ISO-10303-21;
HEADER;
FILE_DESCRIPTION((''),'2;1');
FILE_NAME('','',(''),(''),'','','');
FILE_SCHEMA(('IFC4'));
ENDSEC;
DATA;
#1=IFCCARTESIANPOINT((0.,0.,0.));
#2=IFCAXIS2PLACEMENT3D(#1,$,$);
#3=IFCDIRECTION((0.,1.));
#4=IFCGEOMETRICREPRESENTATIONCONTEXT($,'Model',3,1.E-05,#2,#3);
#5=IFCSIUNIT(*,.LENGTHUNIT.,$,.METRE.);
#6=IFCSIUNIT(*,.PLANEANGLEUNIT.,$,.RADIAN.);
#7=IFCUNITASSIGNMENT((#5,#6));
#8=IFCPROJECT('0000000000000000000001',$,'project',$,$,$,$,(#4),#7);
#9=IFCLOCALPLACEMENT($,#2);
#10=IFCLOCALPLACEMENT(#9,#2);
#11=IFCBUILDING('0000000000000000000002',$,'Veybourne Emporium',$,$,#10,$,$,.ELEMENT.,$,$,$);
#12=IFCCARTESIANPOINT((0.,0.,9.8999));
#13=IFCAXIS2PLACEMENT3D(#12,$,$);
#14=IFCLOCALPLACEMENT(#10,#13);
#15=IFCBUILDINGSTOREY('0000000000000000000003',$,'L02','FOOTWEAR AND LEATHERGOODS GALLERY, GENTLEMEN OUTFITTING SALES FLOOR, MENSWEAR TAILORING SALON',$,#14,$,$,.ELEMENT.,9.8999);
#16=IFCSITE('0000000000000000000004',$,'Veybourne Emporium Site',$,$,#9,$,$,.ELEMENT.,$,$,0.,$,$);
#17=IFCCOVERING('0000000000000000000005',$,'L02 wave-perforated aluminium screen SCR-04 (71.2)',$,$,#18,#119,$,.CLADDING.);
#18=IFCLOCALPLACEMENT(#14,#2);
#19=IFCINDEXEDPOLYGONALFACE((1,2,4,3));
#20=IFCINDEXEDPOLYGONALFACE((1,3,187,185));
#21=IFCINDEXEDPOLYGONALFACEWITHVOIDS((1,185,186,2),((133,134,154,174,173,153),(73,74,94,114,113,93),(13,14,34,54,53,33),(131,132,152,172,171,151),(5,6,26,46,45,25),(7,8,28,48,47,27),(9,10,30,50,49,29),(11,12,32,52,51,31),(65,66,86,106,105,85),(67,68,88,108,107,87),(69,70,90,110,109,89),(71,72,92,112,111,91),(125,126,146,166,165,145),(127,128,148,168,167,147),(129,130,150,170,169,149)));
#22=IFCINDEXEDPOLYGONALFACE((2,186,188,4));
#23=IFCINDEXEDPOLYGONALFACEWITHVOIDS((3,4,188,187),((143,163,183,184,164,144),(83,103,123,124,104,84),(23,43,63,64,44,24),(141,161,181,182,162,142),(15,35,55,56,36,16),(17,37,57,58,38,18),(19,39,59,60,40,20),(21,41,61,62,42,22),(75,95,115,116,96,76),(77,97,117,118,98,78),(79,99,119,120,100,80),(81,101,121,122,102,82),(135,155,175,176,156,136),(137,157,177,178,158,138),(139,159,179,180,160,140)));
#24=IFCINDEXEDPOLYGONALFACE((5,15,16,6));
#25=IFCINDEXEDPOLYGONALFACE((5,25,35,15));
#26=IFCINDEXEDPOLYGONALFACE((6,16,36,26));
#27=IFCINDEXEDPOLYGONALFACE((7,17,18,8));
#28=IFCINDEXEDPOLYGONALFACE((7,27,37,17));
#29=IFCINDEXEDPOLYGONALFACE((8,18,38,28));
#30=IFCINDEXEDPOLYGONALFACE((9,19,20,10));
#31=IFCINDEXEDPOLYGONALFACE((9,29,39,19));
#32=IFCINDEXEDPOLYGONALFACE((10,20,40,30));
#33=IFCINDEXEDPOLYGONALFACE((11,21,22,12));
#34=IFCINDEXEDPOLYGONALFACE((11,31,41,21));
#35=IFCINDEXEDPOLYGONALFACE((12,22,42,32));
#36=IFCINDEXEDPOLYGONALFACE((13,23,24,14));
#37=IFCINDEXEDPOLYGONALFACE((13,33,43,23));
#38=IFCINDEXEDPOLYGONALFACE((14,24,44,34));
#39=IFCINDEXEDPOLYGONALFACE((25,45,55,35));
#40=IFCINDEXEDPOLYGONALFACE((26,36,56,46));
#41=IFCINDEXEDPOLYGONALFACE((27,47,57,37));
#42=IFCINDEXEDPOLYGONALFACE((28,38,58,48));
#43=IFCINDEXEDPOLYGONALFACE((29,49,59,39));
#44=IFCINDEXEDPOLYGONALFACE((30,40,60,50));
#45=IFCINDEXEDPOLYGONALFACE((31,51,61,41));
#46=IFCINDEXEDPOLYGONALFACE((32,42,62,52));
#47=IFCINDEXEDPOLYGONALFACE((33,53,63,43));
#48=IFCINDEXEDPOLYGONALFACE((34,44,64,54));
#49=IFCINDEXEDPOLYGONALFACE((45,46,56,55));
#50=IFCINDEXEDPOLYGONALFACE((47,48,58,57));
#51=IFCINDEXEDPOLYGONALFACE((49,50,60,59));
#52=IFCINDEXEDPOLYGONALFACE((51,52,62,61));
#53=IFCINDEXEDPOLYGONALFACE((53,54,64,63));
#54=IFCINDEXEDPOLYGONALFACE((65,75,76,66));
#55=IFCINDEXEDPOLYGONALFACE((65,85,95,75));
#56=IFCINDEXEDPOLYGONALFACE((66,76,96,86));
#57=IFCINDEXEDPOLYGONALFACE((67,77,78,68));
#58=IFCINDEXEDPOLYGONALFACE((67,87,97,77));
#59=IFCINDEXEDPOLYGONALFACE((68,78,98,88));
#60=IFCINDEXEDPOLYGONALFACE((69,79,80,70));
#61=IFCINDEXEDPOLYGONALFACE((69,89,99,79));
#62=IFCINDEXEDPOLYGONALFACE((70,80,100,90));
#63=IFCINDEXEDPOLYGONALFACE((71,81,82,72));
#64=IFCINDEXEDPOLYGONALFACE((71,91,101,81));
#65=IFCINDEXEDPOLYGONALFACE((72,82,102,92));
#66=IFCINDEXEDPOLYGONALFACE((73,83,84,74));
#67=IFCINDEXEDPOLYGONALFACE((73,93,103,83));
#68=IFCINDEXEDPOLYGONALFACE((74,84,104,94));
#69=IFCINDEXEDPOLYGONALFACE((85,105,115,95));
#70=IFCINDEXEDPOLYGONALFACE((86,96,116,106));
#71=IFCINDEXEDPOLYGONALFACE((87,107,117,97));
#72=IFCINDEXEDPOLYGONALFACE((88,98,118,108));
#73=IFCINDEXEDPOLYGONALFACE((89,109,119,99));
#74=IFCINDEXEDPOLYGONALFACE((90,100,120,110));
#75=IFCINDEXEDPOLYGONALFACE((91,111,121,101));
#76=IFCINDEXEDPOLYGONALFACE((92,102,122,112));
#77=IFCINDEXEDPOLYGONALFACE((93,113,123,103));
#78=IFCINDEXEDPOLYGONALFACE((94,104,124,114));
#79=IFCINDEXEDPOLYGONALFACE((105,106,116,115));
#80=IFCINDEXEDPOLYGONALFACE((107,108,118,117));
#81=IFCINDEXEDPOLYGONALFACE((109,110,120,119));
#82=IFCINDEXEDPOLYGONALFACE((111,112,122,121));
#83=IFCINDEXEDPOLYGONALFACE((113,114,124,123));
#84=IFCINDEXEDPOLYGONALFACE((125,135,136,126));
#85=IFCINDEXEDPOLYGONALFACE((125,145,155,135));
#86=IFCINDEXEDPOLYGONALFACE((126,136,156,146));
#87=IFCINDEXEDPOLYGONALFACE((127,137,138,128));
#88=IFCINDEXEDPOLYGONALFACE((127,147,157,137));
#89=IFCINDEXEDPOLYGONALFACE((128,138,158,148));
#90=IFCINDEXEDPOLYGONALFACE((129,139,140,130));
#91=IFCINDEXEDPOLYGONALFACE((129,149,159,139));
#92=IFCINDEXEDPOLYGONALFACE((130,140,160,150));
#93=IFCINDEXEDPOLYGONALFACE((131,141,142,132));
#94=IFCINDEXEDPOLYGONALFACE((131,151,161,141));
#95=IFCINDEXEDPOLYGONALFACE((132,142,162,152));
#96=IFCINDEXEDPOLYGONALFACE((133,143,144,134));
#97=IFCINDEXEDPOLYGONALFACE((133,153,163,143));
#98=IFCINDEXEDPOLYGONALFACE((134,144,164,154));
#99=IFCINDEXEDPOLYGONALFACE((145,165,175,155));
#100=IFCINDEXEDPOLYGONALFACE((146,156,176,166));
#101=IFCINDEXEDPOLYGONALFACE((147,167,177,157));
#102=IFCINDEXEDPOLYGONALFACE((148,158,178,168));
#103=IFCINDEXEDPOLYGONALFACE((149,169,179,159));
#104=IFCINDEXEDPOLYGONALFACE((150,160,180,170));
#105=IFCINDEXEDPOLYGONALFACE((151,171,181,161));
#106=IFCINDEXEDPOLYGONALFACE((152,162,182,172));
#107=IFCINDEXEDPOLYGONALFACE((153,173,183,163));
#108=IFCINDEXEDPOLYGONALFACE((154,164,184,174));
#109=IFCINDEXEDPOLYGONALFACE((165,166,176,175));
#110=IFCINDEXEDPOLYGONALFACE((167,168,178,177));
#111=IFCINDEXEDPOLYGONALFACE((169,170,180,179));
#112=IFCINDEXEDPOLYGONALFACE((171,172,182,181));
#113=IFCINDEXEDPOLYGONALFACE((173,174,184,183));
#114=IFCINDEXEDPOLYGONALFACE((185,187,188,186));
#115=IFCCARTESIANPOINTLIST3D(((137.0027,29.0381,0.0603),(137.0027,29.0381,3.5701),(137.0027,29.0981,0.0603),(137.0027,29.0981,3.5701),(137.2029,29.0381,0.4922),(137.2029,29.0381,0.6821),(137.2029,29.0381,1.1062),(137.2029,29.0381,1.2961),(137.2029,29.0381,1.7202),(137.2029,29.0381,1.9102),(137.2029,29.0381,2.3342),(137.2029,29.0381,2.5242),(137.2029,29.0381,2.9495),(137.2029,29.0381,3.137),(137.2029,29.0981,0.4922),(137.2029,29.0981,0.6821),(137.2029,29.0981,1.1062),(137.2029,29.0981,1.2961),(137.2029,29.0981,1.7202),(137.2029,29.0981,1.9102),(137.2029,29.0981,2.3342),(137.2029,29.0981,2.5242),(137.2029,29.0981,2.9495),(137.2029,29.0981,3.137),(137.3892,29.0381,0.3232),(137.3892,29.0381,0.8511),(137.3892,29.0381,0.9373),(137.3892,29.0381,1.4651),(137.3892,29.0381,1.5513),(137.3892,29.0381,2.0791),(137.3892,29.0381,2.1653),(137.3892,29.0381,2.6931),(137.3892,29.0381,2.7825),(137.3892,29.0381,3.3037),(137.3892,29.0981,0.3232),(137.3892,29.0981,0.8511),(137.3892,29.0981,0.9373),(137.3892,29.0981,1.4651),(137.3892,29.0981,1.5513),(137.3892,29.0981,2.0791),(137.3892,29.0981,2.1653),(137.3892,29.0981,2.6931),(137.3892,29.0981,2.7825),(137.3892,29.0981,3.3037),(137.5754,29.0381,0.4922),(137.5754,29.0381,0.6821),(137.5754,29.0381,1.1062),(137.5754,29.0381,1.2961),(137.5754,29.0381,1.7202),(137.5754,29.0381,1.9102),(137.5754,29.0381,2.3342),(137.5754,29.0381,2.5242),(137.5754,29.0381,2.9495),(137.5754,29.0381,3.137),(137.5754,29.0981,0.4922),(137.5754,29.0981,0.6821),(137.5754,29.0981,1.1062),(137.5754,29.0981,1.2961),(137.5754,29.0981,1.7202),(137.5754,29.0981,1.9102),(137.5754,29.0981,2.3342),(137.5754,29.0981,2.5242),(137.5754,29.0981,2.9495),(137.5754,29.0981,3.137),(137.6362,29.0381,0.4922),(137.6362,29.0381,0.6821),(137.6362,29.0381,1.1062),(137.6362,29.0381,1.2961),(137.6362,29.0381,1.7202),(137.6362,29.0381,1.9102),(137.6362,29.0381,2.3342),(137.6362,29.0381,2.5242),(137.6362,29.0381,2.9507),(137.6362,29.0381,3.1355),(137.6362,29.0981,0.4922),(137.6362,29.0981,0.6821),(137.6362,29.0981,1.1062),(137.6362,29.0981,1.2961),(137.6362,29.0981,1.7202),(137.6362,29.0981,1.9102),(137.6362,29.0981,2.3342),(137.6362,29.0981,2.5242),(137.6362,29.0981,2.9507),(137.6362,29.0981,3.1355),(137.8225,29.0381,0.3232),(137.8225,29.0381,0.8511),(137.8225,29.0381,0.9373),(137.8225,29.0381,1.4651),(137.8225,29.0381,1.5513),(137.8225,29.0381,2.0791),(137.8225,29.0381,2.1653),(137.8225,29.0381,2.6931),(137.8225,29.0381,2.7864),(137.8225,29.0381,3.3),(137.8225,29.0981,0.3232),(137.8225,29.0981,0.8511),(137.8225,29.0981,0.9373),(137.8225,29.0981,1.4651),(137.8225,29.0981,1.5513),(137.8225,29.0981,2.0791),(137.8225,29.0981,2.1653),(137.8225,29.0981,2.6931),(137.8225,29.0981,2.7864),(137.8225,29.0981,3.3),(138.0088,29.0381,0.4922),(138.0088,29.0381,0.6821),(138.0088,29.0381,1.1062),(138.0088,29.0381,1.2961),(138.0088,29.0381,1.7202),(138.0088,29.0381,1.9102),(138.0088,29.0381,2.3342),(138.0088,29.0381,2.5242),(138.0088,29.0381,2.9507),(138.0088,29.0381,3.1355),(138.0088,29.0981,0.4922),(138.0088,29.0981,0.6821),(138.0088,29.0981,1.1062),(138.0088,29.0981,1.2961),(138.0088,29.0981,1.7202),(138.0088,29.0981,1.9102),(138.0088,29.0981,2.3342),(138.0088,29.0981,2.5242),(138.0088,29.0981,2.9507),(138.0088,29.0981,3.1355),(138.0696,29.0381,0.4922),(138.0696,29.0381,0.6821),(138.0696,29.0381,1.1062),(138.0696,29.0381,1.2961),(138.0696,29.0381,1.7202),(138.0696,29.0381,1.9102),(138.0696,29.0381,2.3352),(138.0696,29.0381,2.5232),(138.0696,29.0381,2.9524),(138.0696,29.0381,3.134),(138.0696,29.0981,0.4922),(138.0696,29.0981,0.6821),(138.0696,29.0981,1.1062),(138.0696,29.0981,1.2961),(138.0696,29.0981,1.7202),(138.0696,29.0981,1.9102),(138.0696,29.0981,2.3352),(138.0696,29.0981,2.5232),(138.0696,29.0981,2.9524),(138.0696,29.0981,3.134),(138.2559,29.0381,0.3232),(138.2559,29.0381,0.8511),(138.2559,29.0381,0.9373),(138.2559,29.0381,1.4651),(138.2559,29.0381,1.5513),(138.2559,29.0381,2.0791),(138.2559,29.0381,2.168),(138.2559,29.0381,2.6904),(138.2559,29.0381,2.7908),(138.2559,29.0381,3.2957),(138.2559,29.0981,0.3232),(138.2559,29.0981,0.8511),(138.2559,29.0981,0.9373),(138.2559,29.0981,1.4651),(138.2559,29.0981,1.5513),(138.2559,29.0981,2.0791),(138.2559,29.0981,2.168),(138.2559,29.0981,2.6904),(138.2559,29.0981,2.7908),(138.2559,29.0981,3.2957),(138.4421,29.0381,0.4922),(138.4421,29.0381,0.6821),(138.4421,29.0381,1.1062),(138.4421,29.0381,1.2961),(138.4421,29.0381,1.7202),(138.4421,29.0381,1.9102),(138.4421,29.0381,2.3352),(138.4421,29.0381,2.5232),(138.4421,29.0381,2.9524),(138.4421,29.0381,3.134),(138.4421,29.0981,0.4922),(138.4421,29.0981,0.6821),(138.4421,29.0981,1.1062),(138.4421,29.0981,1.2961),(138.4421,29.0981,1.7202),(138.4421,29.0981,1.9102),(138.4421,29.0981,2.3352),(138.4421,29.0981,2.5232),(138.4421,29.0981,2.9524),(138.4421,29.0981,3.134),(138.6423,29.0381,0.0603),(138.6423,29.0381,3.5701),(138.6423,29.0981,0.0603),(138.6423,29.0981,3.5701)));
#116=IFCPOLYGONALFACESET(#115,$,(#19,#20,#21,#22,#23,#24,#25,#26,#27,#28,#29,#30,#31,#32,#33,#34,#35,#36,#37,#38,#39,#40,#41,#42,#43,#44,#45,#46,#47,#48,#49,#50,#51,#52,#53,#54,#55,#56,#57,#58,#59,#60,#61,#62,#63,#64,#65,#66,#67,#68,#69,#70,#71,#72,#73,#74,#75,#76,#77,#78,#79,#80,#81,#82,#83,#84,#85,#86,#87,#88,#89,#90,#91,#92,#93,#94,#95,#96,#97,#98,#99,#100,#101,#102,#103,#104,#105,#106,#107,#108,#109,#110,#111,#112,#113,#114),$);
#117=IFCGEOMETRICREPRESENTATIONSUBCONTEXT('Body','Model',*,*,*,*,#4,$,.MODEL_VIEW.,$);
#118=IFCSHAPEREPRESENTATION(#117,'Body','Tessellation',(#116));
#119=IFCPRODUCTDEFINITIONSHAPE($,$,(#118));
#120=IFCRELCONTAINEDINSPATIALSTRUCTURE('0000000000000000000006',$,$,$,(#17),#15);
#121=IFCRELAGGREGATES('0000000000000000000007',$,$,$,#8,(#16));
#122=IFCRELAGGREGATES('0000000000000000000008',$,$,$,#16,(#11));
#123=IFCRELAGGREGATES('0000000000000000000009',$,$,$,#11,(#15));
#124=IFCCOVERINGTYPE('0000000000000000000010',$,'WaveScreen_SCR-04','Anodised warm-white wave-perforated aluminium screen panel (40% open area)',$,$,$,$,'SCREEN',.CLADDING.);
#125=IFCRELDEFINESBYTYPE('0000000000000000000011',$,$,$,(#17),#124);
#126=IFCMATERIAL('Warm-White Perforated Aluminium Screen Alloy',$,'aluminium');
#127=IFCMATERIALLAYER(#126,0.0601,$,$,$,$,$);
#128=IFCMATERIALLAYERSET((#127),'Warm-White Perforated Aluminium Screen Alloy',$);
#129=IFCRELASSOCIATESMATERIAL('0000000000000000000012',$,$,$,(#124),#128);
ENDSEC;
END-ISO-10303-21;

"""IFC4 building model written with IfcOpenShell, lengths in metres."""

from ifc_helpers import new_model, si_unit, direction, frame, origin, place, context, subcontext, project, spatial, polyline, outline, extrude, material, layer, layer_set, type_object, element, save


model = new_model("IFC4")

# Units and contexts
model_context = context("Model", 3, precision=1e-05, world=origin(), true_north=direction((0.0, 1.0)))
body_context = subcontext(model_context, "Body", "Model", "MODEL_VIEW")
ifc_project = project(units=[si_unit("LENGTHUNIT", "METRE"), si_unit("PLANEANGLEUNIT", "RADIAN")], contexts=[model_context])

# Site, building, storey
site_placement = place(None, origin())
site = spatial("IfcSite", under=ifc_project, at=site_placement, Name="Veybourne Emporium Site", CompositionType="ELEMENT", RefElevation=0.0)
building_placement = place(site_placement, origin())
building = spatial("IfcBuilding", under=site, at=building_placement, Name="Veybourne Emporium", CompositionType="ELEMENT")
storey_placement = place(building_placement, frame((0.0, 0.0, 9.8999)))
storey = spatial("IfcBuildingStorey", under=building, at=storey_placement, Name="L02", Description="FOOTWEAR AND LEATHERGOODS GALLERY, GENTLEMEN OUTFITTING SALES FLOOR, MENSWEAR TAILORING SALON", CompositionType="ELEMENT", Elevation=9.8999)

# Covering
ifc_material_1 = material(Name="Warm-White Perforated Aluminium Screen Alloy", Category="aluminium")
ifc_layer_1 = layer(ifc_material_1, 0.0601)
ifc_layer_set_1 = layer_set([ifc_layer_1], Name="Warm-White Perforated Aluminium Screen Alloy")
covering_type_1 = type_object("IfcCoveringType", Name="WaveScreen_SCR-04", Description="Anodised warm-white wave-perforated aluminium screen panel (40% open area)", ElementType="SCREEN", PredefinedType="CLADDING", material=ifc_layer_set_1)
covering_1_placement = place(storey_placement, frame((137.8225, 29.0981, 1.8152), z_axis=(0.0, -1.0, 0.0), x_axis=(1.0, 0.0, 0.0)))
element("IfcCovering", 1, at=covering_1_placement, inside=storey, type_object=covering_type_1, Name="L02 wave-perforated aluminium screen SCR-04 (71.2)", PredefinedType="CLADDING", context=body_context, shape_type="SweptSolid", body=[
    extrude(outline(polyline([(-0.8198, -1.7549), (0.8198, -1.7549), (0.8198, 1.7549), (-0.8198, 1.7549), (-0.8198, -1.7549)]), holes=[polyline([(-0.4333, -0.9641), (-0.2471, -1.1331), (-0.2471, -1.323), (-0.4333, -1.4919), (-0.6196, -1.323), (-0.6196, -1.1331), (-0.4333, -0.9641)]), polyline([(-0.4333, -0.3501), (-0.2471, -0.519), (-0.2471, -0.709), (-0.4333, -0.8779), (-0.6196, -0.709), (-0.6196, -0.519), (-0.4333, -0.3501)]), polyline([(-0.4333, 0.2639), (-0.2471, 0.095), (-0.2471, -0.095), (-0.4333, -0.2639), (-0.6196, -0.095), (-0.6196, 0.095), (-0.4333, 0.2639)]), polyline([(-0.4333, 0.8779), (-0.2471, 0.709), (-0.2471, 0.519), (-0.4333, 0.3501), (-0.6196, 0.519), (-0.6196, 0.709), (-0.4333, 0.8779)]), polyline([(-0.4333, 1.4885), (-0.2471, 1.3218), (-0.2471, 1.1343), (-0.4333, 0.9673), (-0.6196, 1.1343), (-0.6196, 1.3218), (-0.4333, 1.4885)]), polyline([(0.0, -0.9641), (0.1863, -1.1331), (0.1863, -1.323), (0.0, -1.4919), (-0.1863, -1.323), (-0.1863, -1.1331), (0.0, -0.9641)]), polyline([(0.0, -0.3501), (0.1863, -0.519), (0.1863, -0.709), (0.0, -0.8779), (-0.1863, -0.709), (-0.1863, -0.519), (0.0, -0.3501)]), polyline([(0.0, 0.2639), (0.1863, 0.095), (0.1863, -0.095), (0.0, -0.2639), (-0.1863, -0.095), (-0.1863, 0.095), (0.0, 0.2639)]), polyline([(0.0, 0.8779), (0.1863, 0.709), (0.1863, 0.519), (0.0, 0.3501), (-0.1863, 0.519), (-0.1863, 0.709), (0.0, 0.8779)]), polyline([(0.0, 1.4849), (0.1863, 1.3203), (0.1863, 1.1355), (0.0, 0.9712), (-0.1863, 1.1355), (-0.1863, 1.3203), (0.0, 1.4849)]), polyline([(0.4333, -0.9641), (0.6196, -1.1331), (0.6196, -1.323), (0.4333, -1.4919), (0.2471, -1.323), (0.2471, -1.1331), (0.4333, -0.9641)]), polyline([(0.4333, -0.3501), (0.6196, -0.519), (0.6196, -0.709), (0.4333, -0.8779), (0.2471, -0.709), (0.2471, -0.519), (0.4333, -0.3501)]), polyline([(0.4333, 0.2639), (0.6196, 0.095), (0.6196, -0.095), (0.4333, -0.2639), (0.2471, -0.095), (0.2471, 0.095), (0.4333, 0.2639)]), polyline([(0.4333, 0.8752), (0.6196, 0.708), (0.6196, 0.52), (0.4333, 0.3528), (0.2471, 0.52), (0.2471, 0.708), (0.4333, 0.8752)]), polyline([(0.4333, 1.4805), (0.6196, 1.3188), (0.6196, 1.1372), (0.4333, 0.9756), (0.2471, 1.1372), (0.2471, 1.3188), (0.4333, 1.4805)])]), origin(), (0.0, 0.0, 1.0), 0.0601),
])

save(model, "model.ifc")
